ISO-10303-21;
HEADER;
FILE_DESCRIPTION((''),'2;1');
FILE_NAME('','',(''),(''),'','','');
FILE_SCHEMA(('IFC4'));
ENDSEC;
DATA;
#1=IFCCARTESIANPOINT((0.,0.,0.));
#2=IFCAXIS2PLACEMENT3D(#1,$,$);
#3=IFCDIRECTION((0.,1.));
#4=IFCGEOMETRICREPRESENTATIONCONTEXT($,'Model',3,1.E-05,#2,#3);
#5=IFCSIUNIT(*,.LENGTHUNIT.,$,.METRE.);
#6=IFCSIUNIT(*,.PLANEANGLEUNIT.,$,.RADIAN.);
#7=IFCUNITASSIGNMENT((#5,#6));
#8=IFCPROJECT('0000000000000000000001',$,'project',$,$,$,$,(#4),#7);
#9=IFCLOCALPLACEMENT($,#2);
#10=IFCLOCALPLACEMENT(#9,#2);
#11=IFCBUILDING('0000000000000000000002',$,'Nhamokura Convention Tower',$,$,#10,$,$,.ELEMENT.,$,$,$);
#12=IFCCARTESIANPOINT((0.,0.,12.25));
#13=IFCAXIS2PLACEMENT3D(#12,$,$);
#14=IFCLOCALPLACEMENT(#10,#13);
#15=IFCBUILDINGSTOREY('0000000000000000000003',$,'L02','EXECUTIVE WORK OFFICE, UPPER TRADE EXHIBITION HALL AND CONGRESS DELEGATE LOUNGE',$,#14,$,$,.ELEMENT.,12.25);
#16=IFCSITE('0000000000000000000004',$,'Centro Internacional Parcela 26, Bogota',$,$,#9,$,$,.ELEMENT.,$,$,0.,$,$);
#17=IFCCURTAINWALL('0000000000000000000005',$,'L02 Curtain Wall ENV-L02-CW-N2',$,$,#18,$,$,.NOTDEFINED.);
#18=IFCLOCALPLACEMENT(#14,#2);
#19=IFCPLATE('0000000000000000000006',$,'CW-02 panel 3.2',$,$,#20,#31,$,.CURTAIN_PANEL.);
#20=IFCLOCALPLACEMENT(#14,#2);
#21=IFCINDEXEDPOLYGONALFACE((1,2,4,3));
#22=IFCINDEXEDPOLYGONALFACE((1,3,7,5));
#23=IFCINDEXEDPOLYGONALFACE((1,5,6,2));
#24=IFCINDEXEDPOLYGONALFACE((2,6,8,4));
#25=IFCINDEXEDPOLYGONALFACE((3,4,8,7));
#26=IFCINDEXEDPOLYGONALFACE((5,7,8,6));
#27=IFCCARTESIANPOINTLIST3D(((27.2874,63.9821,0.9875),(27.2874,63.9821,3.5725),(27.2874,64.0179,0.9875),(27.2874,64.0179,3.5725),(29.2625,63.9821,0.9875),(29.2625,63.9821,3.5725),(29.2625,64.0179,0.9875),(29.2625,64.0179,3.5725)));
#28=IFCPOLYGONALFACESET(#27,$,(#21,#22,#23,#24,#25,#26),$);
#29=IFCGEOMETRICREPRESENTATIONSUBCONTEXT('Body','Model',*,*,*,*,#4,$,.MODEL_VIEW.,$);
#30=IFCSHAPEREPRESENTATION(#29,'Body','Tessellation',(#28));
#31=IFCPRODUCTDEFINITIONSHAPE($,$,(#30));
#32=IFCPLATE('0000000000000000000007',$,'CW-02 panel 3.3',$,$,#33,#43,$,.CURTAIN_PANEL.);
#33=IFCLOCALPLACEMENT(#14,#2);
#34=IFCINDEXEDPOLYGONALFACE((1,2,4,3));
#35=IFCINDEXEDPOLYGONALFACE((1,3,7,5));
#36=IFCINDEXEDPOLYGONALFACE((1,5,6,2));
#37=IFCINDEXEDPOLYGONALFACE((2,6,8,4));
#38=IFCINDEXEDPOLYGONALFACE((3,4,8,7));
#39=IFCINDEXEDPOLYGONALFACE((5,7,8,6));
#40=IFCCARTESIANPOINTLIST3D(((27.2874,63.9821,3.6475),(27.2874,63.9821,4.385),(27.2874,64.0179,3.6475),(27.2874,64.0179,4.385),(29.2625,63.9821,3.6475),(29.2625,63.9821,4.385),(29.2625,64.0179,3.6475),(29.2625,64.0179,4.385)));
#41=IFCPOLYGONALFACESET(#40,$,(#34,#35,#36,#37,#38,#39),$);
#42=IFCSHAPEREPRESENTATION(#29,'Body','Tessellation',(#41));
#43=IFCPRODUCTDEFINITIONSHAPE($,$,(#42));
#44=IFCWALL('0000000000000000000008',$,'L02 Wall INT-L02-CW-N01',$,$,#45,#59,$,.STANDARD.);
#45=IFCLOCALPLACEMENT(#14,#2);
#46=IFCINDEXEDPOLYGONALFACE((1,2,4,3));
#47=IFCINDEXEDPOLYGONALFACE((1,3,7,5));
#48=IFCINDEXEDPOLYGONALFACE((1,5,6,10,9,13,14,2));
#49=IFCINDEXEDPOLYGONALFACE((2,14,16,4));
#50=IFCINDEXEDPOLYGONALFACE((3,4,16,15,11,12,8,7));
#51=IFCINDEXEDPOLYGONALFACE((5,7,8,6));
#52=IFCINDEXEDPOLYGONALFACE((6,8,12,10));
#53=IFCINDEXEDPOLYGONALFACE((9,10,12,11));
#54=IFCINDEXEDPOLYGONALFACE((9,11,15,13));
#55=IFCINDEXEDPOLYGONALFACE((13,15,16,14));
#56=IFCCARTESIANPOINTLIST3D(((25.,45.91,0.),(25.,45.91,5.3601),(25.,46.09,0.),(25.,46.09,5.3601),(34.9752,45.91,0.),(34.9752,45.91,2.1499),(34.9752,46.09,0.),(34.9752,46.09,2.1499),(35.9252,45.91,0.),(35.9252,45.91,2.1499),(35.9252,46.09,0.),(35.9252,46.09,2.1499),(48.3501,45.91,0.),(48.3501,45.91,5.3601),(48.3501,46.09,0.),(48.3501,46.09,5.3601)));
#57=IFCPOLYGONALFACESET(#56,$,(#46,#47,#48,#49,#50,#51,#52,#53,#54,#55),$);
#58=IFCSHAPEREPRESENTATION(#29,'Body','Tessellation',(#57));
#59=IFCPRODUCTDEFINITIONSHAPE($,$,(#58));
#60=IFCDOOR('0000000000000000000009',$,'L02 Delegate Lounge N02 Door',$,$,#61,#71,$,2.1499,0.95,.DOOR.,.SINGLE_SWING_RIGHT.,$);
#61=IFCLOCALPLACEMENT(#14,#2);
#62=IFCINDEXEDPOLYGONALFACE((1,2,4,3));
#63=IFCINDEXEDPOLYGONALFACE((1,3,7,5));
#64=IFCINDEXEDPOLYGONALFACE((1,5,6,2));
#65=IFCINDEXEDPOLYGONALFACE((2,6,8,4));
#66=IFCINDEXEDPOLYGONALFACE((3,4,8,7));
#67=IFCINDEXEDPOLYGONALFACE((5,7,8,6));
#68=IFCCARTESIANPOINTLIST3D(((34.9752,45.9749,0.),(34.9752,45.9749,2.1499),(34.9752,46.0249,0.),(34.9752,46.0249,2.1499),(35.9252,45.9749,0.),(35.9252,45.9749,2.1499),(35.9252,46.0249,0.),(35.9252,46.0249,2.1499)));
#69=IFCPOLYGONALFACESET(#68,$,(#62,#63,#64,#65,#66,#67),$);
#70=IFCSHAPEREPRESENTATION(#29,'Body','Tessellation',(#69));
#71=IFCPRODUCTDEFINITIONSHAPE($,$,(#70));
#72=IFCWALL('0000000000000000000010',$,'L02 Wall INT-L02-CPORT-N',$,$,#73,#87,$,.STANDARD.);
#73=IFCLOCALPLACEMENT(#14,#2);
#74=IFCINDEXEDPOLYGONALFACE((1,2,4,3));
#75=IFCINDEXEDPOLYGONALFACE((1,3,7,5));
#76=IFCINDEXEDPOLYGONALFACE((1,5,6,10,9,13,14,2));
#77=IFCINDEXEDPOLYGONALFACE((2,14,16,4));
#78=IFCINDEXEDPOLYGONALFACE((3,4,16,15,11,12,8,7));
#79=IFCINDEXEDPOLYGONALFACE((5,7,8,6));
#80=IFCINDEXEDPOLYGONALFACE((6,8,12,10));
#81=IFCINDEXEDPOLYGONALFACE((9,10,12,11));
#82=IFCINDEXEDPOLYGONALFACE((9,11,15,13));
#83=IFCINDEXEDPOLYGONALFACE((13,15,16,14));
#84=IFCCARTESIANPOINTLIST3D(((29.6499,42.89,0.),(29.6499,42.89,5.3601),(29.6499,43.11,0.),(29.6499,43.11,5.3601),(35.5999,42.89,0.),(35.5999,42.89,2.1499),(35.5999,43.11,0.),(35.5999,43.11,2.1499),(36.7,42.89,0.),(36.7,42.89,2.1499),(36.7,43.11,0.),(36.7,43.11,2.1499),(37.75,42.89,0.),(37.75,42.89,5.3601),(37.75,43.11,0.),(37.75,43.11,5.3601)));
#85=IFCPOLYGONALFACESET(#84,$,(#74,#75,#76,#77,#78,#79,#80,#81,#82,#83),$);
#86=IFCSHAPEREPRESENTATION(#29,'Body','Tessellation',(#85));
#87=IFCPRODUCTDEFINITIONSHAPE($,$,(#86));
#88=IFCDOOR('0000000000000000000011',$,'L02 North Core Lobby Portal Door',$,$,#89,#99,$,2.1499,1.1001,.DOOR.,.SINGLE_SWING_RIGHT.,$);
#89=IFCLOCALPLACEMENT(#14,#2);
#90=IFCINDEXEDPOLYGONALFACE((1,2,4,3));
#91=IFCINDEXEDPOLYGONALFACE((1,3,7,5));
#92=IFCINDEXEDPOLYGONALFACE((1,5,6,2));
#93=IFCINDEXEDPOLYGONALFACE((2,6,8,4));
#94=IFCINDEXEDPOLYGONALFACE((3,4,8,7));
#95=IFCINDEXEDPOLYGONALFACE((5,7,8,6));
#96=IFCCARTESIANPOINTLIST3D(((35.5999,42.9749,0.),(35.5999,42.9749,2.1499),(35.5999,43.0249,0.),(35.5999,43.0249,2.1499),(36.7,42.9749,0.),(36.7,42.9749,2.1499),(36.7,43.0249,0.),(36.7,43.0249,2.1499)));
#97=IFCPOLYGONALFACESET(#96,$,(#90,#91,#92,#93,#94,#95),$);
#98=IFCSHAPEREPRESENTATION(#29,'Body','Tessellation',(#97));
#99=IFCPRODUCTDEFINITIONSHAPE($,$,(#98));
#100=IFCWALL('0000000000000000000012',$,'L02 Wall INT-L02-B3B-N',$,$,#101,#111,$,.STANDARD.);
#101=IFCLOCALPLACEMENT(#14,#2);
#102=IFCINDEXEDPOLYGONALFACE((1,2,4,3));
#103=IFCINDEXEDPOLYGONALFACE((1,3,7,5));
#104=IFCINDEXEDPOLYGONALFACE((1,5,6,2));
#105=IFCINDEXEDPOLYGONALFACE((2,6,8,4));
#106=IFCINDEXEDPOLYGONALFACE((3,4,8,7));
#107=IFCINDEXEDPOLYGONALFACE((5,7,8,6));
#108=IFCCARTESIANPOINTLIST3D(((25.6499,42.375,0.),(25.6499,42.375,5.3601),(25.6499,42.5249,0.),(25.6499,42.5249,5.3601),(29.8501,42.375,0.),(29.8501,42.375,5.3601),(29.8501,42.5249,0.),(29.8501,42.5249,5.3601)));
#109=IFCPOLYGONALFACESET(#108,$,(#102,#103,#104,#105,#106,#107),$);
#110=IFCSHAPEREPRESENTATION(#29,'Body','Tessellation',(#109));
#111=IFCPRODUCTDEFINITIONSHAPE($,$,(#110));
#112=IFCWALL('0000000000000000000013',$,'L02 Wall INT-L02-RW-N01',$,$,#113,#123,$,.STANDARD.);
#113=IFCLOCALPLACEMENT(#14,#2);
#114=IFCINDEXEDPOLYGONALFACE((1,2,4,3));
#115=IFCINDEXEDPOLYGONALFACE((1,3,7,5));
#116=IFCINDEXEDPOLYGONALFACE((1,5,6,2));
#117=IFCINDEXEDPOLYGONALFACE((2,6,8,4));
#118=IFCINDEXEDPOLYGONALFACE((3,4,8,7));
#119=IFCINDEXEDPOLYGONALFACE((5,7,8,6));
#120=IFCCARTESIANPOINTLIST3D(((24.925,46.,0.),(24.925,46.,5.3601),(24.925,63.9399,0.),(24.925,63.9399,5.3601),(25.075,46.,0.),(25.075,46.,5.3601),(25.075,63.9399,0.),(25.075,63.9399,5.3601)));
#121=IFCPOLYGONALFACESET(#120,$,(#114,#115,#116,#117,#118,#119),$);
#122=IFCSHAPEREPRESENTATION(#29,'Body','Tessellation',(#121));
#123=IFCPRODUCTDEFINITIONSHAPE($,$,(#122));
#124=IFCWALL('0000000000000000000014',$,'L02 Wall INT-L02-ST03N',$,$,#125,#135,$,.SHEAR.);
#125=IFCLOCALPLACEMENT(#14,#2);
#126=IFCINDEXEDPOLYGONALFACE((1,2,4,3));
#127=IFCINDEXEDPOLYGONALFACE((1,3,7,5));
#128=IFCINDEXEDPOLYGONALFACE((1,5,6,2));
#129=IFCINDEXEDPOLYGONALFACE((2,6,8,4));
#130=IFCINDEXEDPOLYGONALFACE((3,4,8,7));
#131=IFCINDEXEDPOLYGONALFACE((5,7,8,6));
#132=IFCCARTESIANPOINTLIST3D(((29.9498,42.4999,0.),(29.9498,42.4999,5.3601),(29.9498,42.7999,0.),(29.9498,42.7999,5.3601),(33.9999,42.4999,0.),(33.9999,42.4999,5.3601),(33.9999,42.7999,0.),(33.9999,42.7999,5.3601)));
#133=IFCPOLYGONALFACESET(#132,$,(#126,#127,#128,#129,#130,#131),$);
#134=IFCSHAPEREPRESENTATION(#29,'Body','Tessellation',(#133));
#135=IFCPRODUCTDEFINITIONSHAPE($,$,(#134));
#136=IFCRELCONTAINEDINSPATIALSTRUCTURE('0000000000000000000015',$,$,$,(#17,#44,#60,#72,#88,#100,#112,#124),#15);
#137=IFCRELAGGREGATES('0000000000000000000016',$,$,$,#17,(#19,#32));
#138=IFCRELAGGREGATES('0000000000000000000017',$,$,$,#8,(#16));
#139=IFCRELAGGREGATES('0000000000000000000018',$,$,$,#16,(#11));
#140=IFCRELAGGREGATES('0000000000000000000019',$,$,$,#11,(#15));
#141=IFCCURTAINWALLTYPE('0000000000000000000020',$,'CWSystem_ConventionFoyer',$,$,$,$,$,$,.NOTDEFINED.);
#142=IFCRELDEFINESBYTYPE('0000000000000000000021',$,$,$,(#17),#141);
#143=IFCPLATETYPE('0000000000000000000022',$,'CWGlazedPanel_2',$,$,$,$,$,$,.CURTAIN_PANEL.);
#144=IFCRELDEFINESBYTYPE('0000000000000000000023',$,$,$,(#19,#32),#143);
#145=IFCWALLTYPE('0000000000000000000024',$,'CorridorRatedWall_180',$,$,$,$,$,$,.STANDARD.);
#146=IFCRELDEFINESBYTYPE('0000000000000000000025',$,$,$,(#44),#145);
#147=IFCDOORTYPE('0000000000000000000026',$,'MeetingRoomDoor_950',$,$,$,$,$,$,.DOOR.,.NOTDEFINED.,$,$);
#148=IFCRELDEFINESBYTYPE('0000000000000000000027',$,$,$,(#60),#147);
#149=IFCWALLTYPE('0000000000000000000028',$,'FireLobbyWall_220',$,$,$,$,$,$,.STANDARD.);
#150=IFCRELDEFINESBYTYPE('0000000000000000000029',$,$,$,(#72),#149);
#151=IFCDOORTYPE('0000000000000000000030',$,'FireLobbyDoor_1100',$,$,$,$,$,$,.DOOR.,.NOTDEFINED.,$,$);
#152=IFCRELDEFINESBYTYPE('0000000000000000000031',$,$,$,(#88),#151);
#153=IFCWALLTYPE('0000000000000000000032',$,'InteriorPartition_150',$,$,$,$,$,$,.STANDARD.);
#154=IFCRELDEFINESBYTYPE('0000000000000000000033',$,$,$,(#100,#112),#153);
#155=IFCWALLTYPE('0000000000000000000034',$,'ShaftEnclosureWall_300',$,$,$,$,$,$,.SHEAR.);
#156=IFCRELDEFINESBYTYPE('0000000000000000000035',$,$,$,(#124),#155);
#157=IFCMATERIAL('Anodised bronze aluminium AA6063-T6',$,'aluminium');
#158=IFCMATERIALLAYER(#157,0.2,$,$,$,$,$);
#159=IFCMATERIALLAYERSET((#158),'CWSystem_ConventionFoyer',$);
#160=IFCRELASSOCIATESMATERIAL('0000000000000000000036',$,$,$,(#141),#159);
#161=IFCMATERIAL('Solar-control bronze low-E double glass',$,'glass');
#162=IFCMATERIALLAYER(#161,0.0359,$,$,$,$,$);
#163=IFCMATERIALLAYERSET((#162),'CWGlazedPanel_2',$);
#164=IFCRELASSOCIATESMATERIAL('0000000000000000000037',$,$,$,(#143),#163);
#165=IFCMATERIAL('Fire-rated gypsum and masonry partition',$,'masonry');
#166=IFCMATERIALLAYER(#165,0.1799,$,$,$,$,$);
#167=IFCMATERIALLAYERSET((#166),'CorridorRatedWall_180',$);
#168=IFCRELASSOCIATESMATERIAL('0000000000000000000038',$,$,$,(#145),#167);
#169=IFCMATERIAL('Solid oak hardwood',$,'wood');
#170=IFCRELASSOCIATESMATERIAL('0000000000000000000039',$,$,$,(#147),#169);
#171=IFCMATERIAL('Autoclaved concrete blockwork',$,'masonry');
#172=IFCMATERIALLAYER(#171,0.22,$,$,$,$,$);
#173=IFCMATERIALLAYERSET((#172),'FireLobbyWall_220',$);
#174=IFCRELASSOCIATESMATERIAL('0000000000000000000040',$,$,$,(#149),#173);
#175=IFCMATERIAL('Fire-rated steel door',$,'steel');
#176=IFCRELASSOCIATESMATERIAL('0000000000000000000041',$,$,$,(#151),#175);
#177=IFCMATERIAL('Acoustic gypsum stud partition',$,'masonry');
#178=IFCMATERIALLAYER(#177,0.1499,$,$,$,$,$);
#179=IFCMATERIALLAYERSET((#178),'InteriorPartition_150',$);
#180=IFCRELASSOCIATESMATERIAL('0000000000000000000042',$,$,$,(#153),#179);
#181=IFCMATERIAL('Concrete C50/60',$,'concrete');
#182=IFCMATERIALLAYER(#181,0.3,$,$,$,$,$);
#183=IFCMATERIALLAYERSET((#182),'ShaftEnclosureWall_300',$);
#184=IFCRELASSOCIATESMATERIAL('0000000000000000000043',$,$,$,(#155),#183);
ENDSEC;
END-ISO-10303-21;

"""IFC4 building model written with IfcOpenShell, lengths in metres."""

from ifc_helpers import new_model, si_unit, direction, frame, frame_2d, origin, origin_2d, place, context, subcontext, project, spatial, rectangle, extrude, material, layer, layer_set, type_object, element, fill, aggregate, save


model = new_model("IFC4")

# Units and contexts
model_context = context("Model", 3, precision=1e-05, world=origin(), true_north=direction((0.0, 1.0)))
body_context = subcontext(model_context, "Body", "Model", "MODEL_VIEW")
ifc_project = project(units=[si_unit("LENGTHUNIT", "METRE"), si_unit("PLANEANGLEUNIT", "RADIAN")], contexts=[model_context])

# Site, building, storey
site_placement = place(None, origin())
site = spatial("IfcSite", under=ifc_project, at=site_placement, Name="Centro Internacional Parcela 26, Bogota", CompositionType="ELEMENT", RefElevation=0.0)
building_placement = place(site_placement, origin())
building = spatial("IfcBuilding", under=site, at=building_placement, Name="Nhamokura Convention Tower", CompositionType="ELEMENT")
storey_placement = place(building_placement, frame((0.0, 0.0, 12.25)))
storey = spatial("IfcBuildingStorey", under=building, at=storey_placement, Name="L02", Description="EXECUTIVE WORK OFFICE, UPPER TRADE EXHIBITION HALL AND CONGRESS DELEGATE LOUNGE", CompositionType="ELEMENT", Elevation=12.25)

# Curtain wall
ifc_material_1 = material(Name="Anodised bronze aluminium AA6063-T6", Category="aluminium")
ifc_layer_1 = layer(ifc_material_1, 0.2)
ifc_layer_set_1 = layer_set([ifc_layer_1], Name="CWSystem_ConventionFoyer")
curtain_wall_type = type_object("IfcCurtainWallType", Name="CWSystem_ConventionFoyer", PredefinedType="NOTDEFINED", material=ifc_layer_set_1)
curtain_wall_placement = place(storey_placement, origin())
curtain_wall = element("IfcCurtainWall", 1, at=curtain_wall_placement, inside=storey, type_object=curtain_wall_type, Name="L02 Curtain Wall ENV-L02-CW-N2", PredefinedType="NOTDEFINED")

# Plates
ifc_material_2 = material(Name="Solar-control bronze low-E double glass", Category="glass")
ifc_layer_2 = layer(ifc_material_2, 0.0359)
ifc_layer_set_2 = layer_set([ifc_layer_2], Name="CWGlazedPanel_2")
plate_type = type_object("IfcPlateType", Name="CWGlazedPanel_2", PredefinedType="CURTAIN_PANEL", material=ifc_layer_set_2)
plate_1_placement = place(storey_placement, frame((28.2749, 64.0, 0.9875), z_axis=(0.0, 0.0, 1.0), x_axis=(1.0, 0.0, 0.0)))
plate_1 = element("IfcPlate", 2, at=plate_1_placement, type_object=plate_type, Name="CW-02 panel 3.2", PredefinedType="CURTAIN_PANEL", context=body_context, shape_type="SweptSolid", body=[
    extrude(rectangle(XDim=1.9751, YDim=0.0359, at=origin_2d()), origin(), (0.0, 0.0, 1.0), 2.585),
])
plate_2_placement = place(storey_placement, frame((28.2749, 64.0, 3.6475), z_axis=(0.0, 0.0, 1.0), x_axis=(1.0, 0.0, 0.0)))
plate_2 = element("IfcPlate", 3, at=plate_2_placement, type_object=plate_type, Name="CW-02 panel 3.3", PredefinedType="CURTAIN_PANEL", context=body_context, shape_type="SweptSolid", body=[
    extrude(rectangle(XDim=1.9751, YDim=0.0359, at=origin_2d()), origin(), (0.0, 0.0, 1.0), 0.7375),
])
aggregate(curtain_wall, [plate_1, plate_2])

# Walls, openings, doors
ifc_material_3 = material(Name="Fire-rated gypsum and masonry partition", Category="masonry")
ifc_layer_3 = layer(ifc_material_3, 0.1799)
ifc_layer_set_3 = layer_set([ifc_layer_3], Name="CorridorRatedWall_180")
wall_type_1 = type_object("IfcWallType", Name="CorridorRatedWall_180", PredefinedType="STANDARD", material=ifc_layer_set_3)
wall_1_placement = place(storey_placement, frame((25.0, 46.0, 0.0), z_axis=(0.0, 0.0, 1.0), x_axis=(1.0, 0.0, 0.0)))
wall_1 = element("IfcWall", 4, at=wall_1_placement, inside=storey, type_object=wall_type_1, Name="L02 Wall INT-L02-CW-N01", PredefinedType="STANDARD", context=body_context, shape_type="SweptSolid", body=[
    extrude(rectangle(XDim=23.3501, YDim=0.1799, at=frame_2d((11.675, 0.0))), origin(), (0.0, 0.0, 1.0), 5.3601),
])
opening_1_placement = place(wall_1_placement, frame((9.9751, 0.0, 0.0)))
opening_1 = element("IfcOpeningElement", 5, at=opening_1_placement, cuts=wall_1, PredefinedType="OPENING", context=body_context, shape_type="SweptSolid", body=[
    extrude(rectangle(XDim=0.95, YDim=2.1499, at=frame_2d((0.4751, 1.075))), frame((0.0, 0.0999, 0.0), z_axis=(0.0, -1.0, 0.0), x_axis=(1.0, 0.0, 0.0)), (0.0, 0.0, 1.0), 0.2),
])
ifc_material_4 = material(Name="Solid oak hardwood", Category="wood")
door_type_1 = type_object("IfcDoorType", Name="MeetingRoomDoor_950", OperationType="NOTDEFINED", PredefinedType="DOOR", material=ifc_material_4)
door_1_placement = place(opening_1_placement, origin())
door_1 = element("IfcDoor", 6, at=door_1_placement, inside=storey, type_object=door_type_1, Name="L02 Delegate Lounge N02 Door", OperationType="SINGLE_SWING_RIGHT", OverallHeight=2.1499, OverallWidth=0.95, PredefinedType="DOOR", context=body_context, shape_type="SweptSolid", body=[
    extrude(rectangle(XDim=0.95, YDim=2.1499, at=frame_2d((0.4751, 1.075))), frame((0.0, 0.0249, 0.0), z_axis=(0.0, -1.0, 0.0), x_axis=(1.0, 0.0, 0.0)), (0.0, 0.0, 1.0), 0.05),
])
fill(opening_1, door_1)
ifc_material_5 = material(Name="Autoclaved concrete blockwork", Category="masonry")
ifc_layer_4 = layer(ifc_material_5, 0.22)
ifc_layer_set_4 = layer_set([ifc_layer_4], Name="FireLobbyWall_220")
wall_type_2 = type_object("IfcWallType", Name="FireLobbyWall_220", PredefinedType="STANDARD", material=ifc_layer_set_4)
wall_2_placement = place(storey_placement, frame((29.6499, 43.0, 0.0), z_axis=(0.0, 0.0, 1.0), x_axis=(1.0, 0.0, 0.0)))
wall_2 = element("IfcWall", 7, at=wall_2_placement, inside=storey, type_object=wall_type_2, Name="L02 Wall INT-L02-CPORT-N", PredefinedType="STANDARD", context=body_context, shape_type="SweptSolid", body=[
    extrude(rectangle(XDim=8.1001, YDim=0.22, at=frame_2d((4.05, 0.0))), origin(), (0.0, 0.0, 1.0), 5.3601),
])
opening_2_placement = place(wall_2_placement, frame((5.95, 0.0, 0.0)))
opening_2 = element("IfcOpeningElement", 8, at=opening_2_placement, cuts=wall_2, PredefinedType="OPENING", context=body_context, shape_type="SweptSolid", body=[
    extrude(rectangle(XDim=1.1001, YDim=2.1499, at=frame_2d((0.55, 1.075))), frame((0.0, 0.1199, 0.0), z_axis=(0.0, -1.0, 0.0), x_axis=(1.0, 0.0, 0.0)), (0.0, 0.0, 1.0), 0.24),
])
ifc_material_6 = material(Name="Fire-rated steel door", Category="steel")
door_type_2 = type_object("IfcDoorType", Name="FireLobbyDoor_1100", OperationType="NOTDEFINED", PredefinedType="DOOR", material=ifc_material_6)
door_2_placement = place(opening_2_placement, origin())
door_2 = element("IfcDoor", 9, at=door_2_placement, inside=storey, type_object=door_type_2, Name="L02 North Core Lobby Portal Door", OperationType="SINGLE_SWING_RIGHT", OverallHeight=2.1499, OverallWidth=1.1001, PredefinedType="DOOR", context=body_context, shape_type="SweptSolid", body=[
    extrude(rectangle(XDim=1.1001, YDim=2.1499, at=frame_2d((0.55, 1.075))), frame((0.0, 0.0249, 0.0), z_axis=(0.0, -1.0, 0.0), x_axis=(1.0, 0.0, 0.0)), (0.0, 0.0, 1.0), 0.05),
])
fill(opening_2, door_2)

# Walls
ifc_material_7 = material(Name="Acoustic gypsum stud partition", Category="masonry")
ifc_layer_5 = layer(ifc_material_7, 0.1499)
ifc_layer_set_5 = layer_set([ifc_layer_5], Name="InteriorPartition_150")
wall_type_3 = type_object("IfcWallType", Name="InteriorPartition_150", PredefinedType="STANDARD", material=ifc_layer_set_5)
wall_3_placement = place(storey_placement, frame((25.6499, 42.45, 0.0), z_axis=(0.0, 0.0, 1.0), x_axis=(1.0, 0.0, 0.0)))
element("IfcWall", 10, at=wall_3_placement, inside=storey, type_object=wall_type_3, Name="L02 Wall INT-L02-B3B-N", PredefinedType="STANDARD", context=body_context, shape_type="SweptSolid", body=[
    extrude(rectangle(XDim=4.2002, YDim=0.1499, at=frame_2d((2.1001, 0.0))), origin(), (0.0, 0.0, 1.0), 5.3601),
])
wall_4_placement = place(storey_placement, frame((25.0, 46.0, 0.0), z_axis=(0.0, 0.0, 1.0), x_axis=(0.0, 1.0, 0.0)))
element("IfcWall", 11, at=wall_4_placement, inside=storey, type_object=wall_type_3, Name="L02 Wall INT-L02-RW-N01", PredefinedType="STANDARD", context=body_context, shape_type="SweptSolid", body=[
    extrude(rectangle(XDim=17.9399, YDim=0.1499, at=frame_2d((8.97, 0.0))), origin(), (0.0, 0.0, 1.0), 5.3601),
])
ifc_material_8 = material(Name="Concrete C50/60", Category="concrete")
ifc_layer_6 = layer(ifc_material_8, 0.3)
ifc_layer_set_6 = layer_set([ifc_layer_6], Name="ShaftEnclosureWall_300")
wall_type_4 = type_object("IfcWallType", Name="ShaftEnclosureWall_300", PredefinedType="SHEAR", material=ifc_layer_set_6)
wall_5_placement = place(storey_placement, frame((29.95, 42.6499, 0.0), z_axis=(0.0, 0.0, 1.0), x_axis=(1.0, 0.0, 0.0)))
element("IfcWall", 12, at=wall_5_placement, inside=storey, type_object=wall_type_4, Name="L02 Wall INT-L02-ST03N", PredefinedType="SHEAR", context=body_context, shape_type="SweptSolid", body=[
    extrude(rectangle(XDim=4.05, YDim=0.3, at=frame_2d((2.0249, 0.0))), origin(), (0.0, 0.0, 1.0), 5.3601),
])

save(model, "model.ifc")
